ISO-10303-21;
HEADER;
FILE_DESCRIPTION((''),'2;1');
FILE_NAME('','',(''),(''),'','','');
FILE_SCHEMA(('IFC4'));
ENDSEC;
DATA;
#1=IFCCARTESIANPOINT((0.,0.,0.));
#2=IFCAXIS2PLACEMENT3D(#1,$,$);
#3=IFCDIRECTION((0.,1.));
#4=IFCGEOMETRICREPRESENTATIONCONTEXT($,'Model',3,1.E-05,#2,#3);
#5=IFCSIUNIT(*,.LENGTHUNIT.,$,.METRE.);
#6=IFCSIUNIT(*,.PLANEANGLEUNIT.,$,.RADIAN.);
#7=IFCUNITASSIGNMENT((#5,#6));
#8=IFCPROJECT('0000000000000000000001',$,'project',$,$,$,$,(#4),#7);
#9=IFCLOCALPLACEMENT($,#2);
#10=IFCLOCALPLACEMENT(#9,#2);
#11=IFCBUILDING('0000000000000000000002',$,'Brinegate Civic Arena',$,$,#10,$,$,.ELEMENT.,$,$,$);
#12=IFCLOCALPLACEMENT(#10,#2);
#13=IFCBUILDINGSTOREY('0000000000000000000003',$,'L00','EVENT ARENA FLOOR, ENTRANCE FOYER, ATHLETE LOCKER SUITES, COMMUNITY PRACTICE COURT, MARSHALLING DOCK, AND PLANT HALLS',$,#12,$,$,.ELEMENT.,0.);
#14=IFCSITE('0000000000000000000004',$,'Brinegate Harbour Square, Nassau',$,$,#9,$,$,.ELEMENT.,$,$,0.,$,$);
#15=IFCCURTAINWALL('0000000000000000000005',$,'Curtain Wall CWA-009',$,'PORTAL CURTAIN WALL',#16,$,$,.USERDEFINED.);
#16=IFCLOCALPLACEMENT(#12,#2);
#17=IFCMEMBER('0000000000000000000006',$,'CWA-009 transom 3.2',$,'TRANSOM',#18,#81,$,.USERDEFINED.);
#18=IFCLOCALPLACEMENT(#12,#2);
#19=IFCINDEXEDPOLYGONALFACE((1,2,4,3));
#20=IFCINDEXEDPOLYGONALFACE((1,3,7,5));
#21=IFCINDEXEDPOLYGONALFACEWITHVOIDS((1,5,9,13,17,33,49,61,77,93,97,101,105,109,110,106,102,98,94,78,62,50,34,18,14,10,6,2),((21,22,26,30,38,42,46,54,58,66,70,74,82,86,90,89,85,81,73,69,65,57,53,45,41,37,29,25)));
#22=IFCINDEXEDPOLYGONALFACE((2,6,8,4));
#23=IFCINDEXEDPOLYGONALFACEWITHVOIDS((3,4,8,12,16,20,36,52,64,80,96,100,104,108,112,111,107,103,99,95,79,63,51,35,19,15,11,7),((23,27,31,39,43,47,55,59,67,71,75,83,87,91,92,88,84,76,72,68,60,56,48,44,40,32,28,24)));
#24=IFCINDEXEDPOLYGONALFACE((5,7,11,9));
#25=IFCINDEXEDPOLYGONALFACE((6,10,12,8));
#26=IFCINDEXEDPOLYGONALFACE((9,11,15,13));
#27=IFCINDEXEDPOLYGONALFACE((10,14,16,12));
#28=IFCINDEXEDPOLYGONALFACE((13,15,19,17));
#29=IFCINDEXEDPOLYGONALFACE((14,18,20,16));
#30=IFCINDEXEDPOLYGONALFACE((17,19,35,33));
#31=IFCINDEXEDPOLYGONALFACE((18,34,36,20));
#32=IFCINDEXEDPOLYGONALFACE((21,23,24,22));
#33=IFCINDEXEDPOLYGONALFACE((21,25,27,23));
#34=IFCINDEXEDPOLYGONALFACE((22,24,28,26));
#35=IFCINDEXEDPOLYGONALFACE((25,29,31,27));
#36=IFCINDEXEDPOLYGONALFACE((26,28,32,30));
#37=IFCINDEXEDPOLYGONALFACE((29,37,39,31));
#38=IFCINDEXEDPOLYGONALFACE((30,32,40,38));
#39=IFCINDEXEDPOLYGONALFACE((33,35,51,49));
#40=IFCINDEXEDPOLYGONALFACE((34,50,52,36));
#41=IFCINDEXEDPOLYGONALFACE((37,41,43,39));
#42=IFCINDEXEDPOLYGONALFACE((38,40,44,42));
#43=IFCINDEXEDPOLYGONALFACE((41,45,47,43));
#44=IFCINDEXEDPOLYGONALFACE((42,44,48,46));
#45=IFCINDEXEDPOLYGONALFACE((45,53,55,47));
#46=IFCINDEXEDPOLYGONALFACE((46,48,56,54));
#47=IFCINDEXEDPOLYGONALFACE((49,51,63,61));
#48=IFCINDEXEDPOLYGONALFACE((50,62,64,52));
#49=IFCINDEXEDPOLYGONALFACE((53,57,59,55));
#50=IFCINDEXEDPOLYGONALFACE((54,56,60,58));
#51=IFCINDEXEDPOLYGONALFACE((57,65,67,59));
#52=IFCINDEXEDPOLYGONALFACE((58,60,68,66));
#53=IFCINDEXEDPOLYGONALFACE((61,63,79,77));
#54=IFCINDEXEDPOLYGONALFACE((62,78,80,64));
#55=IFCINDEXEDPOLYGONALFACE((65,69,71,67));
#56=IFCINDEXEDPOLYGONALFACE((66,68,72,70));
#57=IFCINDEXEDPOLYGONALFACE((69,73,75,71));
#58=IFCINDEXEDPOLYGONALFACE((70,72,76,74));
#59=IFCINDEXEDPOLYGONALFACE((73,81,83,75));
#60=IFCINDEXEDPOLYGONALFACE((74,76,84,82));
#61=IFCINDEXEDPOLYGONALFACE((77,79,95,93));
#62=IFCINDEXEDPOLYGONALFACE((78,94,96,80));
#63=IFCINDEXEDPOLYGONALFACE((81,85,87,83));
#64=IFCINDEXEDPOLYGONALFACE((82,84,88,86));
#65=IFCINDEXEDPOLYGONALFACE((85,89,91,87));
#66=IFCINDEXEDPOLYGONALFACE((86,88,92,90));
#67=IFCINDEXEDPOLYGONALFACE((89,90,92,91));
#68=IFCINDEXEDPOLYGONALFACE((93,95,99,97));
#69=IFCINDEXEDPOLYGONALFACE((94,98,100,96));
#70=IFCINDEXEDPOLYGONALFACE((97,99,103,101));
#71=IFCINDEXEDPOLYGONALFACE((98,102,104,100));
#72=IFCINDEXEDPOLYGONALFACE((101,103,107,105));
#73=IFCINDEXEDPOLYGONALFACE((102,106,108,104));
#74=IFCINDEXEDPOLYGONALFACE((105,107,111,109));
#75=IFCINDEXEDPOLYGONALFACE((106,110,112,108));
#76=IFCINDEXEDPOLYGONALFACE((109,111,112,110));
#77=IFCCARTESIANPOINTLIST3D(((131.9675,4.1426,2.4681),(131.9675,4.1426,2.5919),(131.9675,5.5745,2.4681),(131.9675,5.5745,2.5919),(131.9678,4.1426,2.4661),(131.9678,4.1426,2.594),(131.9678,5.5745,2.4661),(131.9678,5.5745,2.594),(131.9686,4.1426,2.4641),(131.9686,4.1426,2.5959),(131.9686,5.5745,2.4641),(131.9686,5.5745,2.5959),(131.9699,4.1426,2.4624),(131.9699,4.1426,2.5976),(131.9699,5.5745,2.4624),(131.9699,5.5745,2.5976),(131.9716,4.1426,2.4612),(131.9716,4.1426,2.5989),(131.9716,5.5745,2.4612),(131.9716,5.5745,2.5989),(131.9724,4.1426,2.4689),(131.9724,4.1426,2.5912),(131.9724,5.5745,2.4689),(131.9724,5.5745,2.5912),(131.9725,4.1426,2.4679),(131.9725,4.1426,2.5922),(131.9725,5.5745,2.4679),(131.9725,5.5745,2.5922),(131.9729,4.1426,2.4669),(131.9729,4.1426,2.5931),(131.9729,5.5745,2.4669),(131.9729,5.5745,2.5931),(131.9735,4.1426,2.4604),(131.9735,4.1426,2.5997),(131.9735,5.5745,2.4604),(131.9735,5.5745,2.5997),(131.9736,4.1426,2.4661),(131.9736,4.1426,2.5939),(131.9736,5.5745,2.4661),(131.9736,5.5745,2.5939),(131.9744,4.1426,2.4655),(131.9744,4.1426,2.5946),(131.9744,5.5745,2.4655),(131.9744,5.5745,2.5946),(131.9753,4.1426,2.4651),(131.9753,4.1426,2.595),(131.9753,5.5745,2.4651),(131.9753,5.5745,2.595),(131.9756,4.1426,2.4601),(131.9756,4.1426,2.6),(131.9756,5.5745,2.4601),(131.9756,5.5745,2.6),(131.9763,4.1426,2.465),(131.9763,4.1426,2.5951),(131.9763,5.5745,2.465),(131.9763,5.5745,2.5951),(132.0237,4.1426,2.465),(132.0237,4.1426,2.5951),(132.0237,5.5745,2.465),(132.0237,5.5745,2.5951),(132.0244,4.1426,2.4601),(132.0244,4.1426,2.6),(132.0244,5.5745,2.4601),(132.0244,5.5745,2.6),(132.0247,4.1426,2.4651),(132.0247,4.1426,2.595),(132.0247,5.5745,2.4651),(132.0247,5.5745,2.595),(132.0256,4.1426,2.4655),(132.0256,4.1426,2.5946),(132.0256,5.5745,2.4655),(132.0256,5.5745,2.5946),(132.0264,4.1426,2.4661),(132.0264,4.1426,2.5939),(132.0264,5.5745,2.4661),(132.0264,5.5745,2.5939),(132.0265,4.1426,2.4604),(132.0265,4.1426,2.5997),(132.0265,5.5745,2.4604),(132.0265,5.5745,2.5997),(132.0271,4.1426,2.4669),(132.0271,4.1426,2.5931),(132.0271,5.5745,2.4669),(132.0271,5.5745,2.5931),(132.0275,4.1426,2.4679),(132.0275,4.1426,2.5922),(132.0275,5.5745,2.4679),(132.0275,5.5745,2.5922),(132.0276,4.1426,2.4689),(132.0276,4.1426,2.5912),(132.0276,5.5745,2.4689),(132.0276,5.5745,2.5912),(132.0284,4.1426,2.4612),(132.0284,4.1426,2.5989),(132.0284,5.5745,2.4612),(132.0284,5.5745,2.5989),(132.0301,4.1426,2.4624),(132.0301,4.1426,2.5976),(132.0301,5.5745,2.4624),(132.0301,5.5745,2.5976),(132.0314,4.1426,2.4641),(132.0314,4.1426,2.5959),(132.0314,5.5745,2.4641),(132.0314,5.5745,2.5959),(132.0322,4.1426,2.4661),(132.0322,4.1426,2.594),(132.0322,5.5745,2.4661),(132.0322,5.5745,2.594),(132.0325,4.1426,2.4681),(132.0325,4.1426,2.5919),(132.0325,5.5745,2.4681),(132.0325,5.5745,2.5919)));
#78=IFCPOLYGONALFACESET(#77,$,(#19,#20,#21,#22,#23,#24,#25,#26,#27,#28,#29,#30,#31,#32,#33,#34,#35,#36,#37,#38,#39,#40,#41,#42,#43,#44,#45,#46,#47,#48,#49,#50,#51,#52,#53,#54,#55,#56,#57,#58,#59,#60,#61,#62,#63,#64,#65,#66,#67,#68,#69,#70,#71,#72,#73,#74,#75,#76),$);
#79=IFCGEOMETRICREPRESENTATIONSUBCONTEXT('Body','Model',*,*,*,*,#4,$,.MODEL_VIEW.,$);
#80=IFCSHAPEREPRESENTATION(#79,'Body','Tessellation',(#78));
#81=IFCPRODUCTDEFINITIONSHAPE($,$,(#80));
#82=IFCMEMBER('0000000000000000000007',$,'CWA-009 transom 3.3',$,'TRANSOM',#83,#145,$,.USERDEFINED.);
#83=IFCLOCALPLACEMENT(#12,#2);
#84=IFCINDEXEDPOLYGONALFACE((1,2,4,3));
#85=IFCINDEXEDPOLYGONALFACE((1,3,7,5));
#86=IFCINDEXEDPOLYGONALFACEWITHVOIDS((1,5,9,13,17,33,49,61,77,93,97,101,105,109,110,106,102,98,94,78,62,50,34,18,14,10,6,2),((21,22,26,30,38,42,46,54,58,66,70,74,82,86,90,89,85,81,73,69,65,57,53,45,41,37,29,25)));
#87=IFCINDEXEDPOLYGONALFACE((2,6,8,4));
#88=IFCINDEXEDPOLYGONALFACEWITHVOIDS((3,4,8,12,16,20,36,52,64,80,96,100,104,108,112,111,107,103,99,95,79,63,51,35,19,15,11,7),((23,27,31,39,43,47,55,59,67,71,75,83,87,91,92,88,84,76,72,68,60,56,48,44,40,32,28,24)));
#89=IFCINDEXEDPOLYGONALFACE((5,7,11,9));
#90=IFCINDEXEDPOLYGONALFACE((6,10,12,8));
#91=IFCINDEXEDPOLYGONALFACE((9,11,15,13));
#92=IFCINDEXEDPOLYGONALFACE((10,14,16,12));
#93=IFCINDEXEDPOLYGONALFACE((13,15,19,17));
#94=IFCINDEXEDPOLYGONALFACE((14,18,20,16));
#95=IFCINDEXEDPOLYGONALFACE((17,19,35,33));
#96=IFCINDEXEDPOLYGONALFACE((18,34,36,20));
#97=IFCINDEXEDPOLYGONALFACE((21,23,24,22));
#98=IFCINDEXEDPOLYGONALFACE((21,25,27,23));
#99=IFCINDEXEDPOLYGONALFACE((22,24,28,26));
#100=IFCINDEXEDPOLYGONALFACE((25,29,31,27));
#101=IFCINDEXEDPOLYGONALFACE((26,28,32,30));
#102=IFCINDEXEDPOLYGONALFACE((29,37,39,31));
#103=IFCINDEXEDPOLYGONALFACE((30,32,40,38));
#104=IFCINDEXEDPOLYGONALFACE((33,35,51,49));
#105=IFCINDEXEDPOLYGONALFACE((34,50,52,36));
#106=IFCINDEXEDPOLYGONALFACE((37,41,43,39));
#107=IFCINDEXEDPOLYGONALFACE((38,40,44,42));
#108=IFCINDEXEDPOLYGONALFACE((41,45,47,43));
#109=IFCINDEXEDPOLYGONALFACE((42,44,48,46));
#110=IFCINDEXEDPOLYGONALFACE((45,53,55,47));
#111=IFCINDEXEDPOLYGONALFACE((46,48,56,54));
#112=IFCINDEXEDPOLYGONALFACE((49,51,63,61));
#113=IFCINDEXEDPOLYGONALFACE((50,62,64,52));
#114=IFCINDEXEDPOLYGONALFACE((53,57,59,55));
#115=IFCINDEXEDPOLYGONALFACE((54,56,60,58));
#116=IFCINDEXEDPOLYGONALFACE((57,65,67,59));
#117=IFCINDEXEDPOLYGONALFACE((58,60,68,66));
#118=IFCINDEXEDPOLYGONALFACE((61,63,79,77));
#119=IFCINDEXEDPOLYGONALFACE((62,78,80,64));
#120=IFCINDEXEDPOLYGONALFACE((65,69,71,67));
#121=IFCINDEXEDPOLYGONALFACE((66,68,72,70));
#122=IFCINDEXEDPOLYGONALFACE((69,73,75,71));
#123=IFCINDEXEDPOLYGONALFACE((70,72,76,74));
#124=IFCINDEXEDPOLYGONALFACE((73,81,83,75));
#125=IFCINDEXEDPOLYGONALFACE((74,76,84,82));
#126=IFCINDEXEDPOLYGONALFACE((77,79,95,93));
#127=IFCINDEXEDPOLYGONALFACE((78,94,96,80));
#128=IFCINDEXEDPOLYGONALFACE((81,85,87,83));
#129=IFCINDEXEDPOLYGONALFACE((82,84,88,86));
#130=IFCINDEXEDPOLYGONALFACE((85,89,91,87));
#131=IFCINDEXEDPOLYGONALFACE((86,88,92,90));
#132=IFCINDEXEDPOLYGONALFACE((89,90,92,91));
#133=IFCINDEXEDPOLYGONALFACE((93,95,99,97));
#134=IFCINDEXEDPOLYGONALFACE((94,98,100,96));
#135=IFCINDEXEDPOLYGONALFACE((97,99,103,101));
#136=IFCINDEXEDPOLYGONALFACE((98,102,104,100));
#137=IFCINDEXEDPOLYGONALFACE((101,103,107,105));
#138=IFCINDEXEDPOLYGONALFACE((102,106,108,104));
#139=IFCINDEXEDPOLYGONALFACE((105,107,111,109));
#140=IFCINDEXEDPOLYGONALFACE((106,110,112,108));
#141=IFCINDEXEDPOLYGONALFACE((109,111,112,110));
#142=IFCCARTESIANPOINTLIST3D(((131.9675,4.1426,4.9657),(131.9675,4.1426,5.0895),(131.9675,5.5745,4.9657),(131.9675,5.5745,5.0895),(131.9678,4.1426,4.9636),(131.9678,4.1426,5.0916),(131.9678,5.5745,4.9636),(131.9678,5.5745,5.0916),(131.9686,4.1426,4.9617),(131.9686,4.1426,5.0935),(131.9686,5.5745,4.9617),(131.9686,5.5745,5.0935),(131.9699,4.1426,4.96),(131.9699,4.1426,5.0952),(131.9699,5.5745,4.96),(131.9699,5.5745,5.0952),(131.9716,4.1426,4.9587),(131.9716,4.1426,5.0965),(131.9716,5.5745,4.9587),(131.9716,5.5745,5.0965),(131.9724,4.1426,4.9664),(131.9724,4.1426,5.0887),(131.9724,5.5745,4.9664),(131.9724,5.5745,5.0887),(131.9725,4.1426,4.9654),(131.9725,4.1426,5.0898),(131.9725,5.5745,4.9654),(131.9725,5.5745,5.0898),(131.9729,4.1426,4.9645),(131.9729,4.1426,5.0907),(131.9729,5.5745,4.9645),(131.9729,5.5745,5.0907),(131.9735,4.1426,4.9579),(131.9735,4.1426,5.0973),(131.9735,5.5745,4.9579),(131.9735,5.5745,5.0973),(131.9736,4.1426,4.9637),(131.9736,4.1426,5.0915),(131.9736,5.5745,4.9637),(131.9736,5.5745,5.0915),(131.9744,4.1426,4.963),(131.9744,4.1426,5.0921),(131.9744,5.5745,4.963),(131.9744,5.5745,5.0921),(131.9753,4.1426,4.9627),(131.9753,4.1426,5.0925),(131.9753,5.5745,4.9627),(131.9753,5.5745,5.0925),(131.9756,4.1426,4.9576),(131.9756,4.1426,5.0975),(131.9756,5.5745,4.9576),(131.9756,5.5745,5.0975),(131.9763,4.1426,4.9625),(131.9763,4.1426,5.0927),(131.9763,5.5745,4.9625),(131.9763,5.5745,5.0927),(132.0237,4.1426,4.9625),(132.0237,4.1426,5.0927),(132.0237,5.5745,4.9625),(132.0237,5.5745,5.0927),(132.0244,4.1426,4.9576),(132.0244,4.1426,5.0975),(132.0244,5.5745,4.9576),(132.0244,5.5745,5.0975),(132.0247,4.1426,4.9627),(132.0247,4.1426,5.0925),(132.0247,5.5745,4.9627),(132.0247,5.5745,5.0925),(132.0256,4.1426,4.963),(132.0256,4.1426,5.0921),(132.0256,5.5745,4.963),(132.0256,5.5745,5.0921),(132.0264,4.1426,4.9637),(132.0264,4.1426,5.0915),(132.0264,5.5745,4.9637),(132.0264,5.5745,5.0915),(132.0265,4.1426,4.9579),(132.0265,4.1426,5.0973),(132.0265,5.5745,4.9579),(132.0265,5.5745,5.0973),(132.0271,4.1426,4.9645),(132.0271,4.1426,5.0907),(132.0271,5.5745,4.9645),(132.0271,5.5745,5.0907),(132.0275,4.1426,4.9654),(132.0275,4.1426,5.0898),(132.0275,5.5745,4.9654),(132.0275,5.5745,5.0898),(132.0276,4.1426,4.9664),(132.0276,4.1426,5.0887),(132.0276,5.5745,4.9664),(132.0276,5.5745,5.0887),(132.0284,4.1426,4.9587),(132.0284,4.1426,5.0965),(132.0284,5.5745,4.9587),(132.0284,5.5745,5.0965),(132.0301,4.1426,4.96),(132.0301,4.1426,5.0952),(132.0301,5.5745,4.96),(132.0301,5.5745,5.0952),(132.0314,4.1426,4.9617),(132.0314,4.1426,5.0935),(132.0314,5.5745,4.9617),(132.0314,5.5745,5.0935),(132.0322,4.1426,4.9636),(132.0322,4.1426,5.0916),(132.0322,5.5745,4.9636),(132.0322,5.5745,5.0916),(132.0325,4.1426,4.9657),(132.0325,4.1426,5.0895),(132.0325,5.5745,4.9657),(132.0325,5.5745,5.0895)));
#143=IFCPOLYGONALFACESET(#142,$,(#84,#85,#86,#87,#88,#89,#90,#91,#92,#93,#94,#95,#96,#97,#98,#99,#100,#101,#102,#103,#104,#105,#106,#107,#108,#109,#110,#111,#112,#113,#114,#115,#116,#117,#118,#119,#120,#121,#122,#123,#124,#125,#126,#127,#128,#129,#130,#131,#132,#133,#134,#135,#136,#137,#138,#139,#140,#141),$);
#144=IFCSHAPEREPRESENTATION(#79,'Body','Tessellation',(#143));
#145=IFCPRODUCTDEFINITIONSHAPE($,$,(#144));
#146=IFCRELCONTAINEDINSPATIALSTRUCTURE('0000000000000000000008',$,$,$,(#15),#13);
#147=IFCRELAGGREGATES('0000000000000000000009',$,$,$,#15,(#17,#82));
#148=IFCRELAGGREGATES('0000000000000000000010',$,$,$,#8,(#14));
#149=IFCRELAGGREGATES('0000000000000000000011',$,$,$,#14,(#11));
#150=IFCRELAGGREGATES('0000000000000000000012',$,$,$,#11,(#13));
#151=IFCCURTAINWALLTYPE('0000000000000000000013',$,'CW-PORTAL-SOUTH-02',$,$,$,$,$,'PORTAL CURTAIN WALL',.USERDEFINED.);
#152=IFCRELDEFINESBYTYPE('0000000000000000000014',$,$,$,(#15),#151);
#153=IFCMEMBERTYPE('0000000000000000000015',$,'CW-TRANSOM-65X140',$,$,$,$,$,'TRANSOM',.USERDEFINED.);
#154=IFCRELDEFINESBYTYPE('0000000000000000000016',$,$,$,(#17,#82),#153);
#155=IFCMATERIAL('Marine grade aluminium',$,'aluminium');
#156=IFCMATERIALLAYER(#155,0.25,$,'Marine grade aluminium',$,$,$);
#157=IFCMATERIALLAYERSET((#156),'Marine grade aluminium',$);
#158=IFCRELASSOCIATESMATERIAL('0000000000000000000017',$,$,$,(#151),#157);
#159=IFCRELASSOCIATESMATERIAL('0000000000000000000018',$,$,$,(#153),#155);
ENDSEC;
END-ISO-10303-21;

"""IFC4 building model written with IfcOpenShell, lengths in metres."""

from ifc_helpers import new_model, si_unit, direction, frame, origin, origin_2d, place, context, subcontext, project, spatial, hollow_rectangle, extrude, material, layer, layer_set, material_profile, profile_set, type_object, element, aggregate, save


model = new_model("IFC4")

# Units and contexts
model_context = context("Model", 3, precision=1e-05, world=origin(), true_north=direction((0.0, 1.0)))
body_context = subcontext(model_context, "Body", "Model", "MODEL_VIEW")
ifc_project = project(units=[si_unit("LENGTHUNIT", "METRE"), si_unit("PLANEANGLEUNIT", "RADIAN")], contexts=[model_context])

# Site, building, storey
site_placement = place(None, origin())
site = spatial("IfcSite", under=ifc_project, at=site_placement, Name="Brinegate Harbour Square, Nassau", CompositionType="ELEMENT", RefElevation=0.0)
building_placement = place(site_placement, origin())
building = spatial("IfcBuilding", under=site, at=building_placement, Name="Brinegate Civic Arena", CompositionType="ELEMENT")
storey_placement = place(building_placement, origin())
storey = spatial("IfcBuildingStorey", under=building, at=storey_placement, Name="L00", Description="EVENT ARENA FLOOR, ENTRANCE FOYER, ATHLETE LOCKER SUITES, COMMUNITY PRACTICE COURT, MARSHALLING DOCK, AND PLANT HALLS", CompositionType="ELEMENT", Elevation=0.0)

# Curtain wall, members
ifc_material_1 = material(Name="Marine grade aluminium", Category="aluminium")
ifc_layer_1 = layer(ifc_material_1, 0.25, Name="Marine grade aluminium")
ifc_layer_set_1 = layer_set([ifc_layer_1], Name="Marine grade aluminium")
curtain_wall_type = type_object("IfcCurtainWallType", Name="CW-PORTAL-SOUTH-02", ElementType="PORTAL CURTAIN WALL", PredefinedType="USERDEFINED", material=ifc_layer_set_1)
curtain_wall_placement = place(storey_placement, origin())
curtain_wall = element("IfcCurtainWall", 1, at=curtain_wall_placement, inside=storey, type_object=curtain_wall_type, Name="Curtain Wall CWA-009", ObjectType="PORTAL CURTAIN WALL", PredefinedType="USERDEFINED")
ifc_material_profile_1 = material_profile(ifc_material_1, hollow_rectangle(XDim=0.0649, YDim=0.1399, WallThickness=0.0049, InnerFilletRadius=0.0039, OuterFilletRadius=0.0081, at=origin_2d()), Name="TRN65X140")
ifc_profile_set_1 = profile_set([ifc_material_profile_1], Name="Marine grade aluminium")
member_type_1 = type_object("IfcMemberType", Name="CW-TRANSOM-65X140", ElementType="TRANSOM", PredefinedType="USERDEFINED", material=ifc_profile_set_1)
member_1_placement = place(storey_placement, frame((132.0, 4.1426, 2.53), z_axis=(0.0, 1.0, 0.0), x_axis=(-1.0, 0.0, 0.0)))
member_1 = element("IfcMember", 2, at=member_1_placement, type_object=member_type_1, Name="CWA-009 transom 3.2", ObjectType="TRANSOM", PredefinedType="USERDEFINED", context=body_context, shape_type="SweptSolid", body=[
    extrude(hollow_rectangle(XDim=0.0649, YDim=0.1399, WallThickness=0.0049, InnerFilletRadius=0.0039, OuterFilletRadius=0.0081, at=origin_2d()), origin(), (0.0, 0.0, 1.0), 1.4319),
])
member_2_placement = place(storey_placement, frame((132.0, 4.1426, 5.0276), z_axis=(0.0, 1.0, 0.0), x_axis=(-1.0, 0.0, 0.0)))
member_2 = element("IfcMember", 3, at=member_2_placement, type_object=member_type_1, Name="CWA-009 transom 3.3", ObjectType="TRANSOM", PredefinedType="USERDEFINED", context=body_context, shape_type="SweptSolid", body=[
    extrude(hollow_rectangle(XDim=0.0649, YDim=0.1399, WallThickness=0.0049, InnerFilletRadius=0.0039, OuterFilletRadius=0.0081, at=origin_2d()), origin(), (0.0, 0.0, 1.0), 1.4319),
])
aggregate(curtain_wall, [member_1, member_2])

save(model, "model.ifc")
